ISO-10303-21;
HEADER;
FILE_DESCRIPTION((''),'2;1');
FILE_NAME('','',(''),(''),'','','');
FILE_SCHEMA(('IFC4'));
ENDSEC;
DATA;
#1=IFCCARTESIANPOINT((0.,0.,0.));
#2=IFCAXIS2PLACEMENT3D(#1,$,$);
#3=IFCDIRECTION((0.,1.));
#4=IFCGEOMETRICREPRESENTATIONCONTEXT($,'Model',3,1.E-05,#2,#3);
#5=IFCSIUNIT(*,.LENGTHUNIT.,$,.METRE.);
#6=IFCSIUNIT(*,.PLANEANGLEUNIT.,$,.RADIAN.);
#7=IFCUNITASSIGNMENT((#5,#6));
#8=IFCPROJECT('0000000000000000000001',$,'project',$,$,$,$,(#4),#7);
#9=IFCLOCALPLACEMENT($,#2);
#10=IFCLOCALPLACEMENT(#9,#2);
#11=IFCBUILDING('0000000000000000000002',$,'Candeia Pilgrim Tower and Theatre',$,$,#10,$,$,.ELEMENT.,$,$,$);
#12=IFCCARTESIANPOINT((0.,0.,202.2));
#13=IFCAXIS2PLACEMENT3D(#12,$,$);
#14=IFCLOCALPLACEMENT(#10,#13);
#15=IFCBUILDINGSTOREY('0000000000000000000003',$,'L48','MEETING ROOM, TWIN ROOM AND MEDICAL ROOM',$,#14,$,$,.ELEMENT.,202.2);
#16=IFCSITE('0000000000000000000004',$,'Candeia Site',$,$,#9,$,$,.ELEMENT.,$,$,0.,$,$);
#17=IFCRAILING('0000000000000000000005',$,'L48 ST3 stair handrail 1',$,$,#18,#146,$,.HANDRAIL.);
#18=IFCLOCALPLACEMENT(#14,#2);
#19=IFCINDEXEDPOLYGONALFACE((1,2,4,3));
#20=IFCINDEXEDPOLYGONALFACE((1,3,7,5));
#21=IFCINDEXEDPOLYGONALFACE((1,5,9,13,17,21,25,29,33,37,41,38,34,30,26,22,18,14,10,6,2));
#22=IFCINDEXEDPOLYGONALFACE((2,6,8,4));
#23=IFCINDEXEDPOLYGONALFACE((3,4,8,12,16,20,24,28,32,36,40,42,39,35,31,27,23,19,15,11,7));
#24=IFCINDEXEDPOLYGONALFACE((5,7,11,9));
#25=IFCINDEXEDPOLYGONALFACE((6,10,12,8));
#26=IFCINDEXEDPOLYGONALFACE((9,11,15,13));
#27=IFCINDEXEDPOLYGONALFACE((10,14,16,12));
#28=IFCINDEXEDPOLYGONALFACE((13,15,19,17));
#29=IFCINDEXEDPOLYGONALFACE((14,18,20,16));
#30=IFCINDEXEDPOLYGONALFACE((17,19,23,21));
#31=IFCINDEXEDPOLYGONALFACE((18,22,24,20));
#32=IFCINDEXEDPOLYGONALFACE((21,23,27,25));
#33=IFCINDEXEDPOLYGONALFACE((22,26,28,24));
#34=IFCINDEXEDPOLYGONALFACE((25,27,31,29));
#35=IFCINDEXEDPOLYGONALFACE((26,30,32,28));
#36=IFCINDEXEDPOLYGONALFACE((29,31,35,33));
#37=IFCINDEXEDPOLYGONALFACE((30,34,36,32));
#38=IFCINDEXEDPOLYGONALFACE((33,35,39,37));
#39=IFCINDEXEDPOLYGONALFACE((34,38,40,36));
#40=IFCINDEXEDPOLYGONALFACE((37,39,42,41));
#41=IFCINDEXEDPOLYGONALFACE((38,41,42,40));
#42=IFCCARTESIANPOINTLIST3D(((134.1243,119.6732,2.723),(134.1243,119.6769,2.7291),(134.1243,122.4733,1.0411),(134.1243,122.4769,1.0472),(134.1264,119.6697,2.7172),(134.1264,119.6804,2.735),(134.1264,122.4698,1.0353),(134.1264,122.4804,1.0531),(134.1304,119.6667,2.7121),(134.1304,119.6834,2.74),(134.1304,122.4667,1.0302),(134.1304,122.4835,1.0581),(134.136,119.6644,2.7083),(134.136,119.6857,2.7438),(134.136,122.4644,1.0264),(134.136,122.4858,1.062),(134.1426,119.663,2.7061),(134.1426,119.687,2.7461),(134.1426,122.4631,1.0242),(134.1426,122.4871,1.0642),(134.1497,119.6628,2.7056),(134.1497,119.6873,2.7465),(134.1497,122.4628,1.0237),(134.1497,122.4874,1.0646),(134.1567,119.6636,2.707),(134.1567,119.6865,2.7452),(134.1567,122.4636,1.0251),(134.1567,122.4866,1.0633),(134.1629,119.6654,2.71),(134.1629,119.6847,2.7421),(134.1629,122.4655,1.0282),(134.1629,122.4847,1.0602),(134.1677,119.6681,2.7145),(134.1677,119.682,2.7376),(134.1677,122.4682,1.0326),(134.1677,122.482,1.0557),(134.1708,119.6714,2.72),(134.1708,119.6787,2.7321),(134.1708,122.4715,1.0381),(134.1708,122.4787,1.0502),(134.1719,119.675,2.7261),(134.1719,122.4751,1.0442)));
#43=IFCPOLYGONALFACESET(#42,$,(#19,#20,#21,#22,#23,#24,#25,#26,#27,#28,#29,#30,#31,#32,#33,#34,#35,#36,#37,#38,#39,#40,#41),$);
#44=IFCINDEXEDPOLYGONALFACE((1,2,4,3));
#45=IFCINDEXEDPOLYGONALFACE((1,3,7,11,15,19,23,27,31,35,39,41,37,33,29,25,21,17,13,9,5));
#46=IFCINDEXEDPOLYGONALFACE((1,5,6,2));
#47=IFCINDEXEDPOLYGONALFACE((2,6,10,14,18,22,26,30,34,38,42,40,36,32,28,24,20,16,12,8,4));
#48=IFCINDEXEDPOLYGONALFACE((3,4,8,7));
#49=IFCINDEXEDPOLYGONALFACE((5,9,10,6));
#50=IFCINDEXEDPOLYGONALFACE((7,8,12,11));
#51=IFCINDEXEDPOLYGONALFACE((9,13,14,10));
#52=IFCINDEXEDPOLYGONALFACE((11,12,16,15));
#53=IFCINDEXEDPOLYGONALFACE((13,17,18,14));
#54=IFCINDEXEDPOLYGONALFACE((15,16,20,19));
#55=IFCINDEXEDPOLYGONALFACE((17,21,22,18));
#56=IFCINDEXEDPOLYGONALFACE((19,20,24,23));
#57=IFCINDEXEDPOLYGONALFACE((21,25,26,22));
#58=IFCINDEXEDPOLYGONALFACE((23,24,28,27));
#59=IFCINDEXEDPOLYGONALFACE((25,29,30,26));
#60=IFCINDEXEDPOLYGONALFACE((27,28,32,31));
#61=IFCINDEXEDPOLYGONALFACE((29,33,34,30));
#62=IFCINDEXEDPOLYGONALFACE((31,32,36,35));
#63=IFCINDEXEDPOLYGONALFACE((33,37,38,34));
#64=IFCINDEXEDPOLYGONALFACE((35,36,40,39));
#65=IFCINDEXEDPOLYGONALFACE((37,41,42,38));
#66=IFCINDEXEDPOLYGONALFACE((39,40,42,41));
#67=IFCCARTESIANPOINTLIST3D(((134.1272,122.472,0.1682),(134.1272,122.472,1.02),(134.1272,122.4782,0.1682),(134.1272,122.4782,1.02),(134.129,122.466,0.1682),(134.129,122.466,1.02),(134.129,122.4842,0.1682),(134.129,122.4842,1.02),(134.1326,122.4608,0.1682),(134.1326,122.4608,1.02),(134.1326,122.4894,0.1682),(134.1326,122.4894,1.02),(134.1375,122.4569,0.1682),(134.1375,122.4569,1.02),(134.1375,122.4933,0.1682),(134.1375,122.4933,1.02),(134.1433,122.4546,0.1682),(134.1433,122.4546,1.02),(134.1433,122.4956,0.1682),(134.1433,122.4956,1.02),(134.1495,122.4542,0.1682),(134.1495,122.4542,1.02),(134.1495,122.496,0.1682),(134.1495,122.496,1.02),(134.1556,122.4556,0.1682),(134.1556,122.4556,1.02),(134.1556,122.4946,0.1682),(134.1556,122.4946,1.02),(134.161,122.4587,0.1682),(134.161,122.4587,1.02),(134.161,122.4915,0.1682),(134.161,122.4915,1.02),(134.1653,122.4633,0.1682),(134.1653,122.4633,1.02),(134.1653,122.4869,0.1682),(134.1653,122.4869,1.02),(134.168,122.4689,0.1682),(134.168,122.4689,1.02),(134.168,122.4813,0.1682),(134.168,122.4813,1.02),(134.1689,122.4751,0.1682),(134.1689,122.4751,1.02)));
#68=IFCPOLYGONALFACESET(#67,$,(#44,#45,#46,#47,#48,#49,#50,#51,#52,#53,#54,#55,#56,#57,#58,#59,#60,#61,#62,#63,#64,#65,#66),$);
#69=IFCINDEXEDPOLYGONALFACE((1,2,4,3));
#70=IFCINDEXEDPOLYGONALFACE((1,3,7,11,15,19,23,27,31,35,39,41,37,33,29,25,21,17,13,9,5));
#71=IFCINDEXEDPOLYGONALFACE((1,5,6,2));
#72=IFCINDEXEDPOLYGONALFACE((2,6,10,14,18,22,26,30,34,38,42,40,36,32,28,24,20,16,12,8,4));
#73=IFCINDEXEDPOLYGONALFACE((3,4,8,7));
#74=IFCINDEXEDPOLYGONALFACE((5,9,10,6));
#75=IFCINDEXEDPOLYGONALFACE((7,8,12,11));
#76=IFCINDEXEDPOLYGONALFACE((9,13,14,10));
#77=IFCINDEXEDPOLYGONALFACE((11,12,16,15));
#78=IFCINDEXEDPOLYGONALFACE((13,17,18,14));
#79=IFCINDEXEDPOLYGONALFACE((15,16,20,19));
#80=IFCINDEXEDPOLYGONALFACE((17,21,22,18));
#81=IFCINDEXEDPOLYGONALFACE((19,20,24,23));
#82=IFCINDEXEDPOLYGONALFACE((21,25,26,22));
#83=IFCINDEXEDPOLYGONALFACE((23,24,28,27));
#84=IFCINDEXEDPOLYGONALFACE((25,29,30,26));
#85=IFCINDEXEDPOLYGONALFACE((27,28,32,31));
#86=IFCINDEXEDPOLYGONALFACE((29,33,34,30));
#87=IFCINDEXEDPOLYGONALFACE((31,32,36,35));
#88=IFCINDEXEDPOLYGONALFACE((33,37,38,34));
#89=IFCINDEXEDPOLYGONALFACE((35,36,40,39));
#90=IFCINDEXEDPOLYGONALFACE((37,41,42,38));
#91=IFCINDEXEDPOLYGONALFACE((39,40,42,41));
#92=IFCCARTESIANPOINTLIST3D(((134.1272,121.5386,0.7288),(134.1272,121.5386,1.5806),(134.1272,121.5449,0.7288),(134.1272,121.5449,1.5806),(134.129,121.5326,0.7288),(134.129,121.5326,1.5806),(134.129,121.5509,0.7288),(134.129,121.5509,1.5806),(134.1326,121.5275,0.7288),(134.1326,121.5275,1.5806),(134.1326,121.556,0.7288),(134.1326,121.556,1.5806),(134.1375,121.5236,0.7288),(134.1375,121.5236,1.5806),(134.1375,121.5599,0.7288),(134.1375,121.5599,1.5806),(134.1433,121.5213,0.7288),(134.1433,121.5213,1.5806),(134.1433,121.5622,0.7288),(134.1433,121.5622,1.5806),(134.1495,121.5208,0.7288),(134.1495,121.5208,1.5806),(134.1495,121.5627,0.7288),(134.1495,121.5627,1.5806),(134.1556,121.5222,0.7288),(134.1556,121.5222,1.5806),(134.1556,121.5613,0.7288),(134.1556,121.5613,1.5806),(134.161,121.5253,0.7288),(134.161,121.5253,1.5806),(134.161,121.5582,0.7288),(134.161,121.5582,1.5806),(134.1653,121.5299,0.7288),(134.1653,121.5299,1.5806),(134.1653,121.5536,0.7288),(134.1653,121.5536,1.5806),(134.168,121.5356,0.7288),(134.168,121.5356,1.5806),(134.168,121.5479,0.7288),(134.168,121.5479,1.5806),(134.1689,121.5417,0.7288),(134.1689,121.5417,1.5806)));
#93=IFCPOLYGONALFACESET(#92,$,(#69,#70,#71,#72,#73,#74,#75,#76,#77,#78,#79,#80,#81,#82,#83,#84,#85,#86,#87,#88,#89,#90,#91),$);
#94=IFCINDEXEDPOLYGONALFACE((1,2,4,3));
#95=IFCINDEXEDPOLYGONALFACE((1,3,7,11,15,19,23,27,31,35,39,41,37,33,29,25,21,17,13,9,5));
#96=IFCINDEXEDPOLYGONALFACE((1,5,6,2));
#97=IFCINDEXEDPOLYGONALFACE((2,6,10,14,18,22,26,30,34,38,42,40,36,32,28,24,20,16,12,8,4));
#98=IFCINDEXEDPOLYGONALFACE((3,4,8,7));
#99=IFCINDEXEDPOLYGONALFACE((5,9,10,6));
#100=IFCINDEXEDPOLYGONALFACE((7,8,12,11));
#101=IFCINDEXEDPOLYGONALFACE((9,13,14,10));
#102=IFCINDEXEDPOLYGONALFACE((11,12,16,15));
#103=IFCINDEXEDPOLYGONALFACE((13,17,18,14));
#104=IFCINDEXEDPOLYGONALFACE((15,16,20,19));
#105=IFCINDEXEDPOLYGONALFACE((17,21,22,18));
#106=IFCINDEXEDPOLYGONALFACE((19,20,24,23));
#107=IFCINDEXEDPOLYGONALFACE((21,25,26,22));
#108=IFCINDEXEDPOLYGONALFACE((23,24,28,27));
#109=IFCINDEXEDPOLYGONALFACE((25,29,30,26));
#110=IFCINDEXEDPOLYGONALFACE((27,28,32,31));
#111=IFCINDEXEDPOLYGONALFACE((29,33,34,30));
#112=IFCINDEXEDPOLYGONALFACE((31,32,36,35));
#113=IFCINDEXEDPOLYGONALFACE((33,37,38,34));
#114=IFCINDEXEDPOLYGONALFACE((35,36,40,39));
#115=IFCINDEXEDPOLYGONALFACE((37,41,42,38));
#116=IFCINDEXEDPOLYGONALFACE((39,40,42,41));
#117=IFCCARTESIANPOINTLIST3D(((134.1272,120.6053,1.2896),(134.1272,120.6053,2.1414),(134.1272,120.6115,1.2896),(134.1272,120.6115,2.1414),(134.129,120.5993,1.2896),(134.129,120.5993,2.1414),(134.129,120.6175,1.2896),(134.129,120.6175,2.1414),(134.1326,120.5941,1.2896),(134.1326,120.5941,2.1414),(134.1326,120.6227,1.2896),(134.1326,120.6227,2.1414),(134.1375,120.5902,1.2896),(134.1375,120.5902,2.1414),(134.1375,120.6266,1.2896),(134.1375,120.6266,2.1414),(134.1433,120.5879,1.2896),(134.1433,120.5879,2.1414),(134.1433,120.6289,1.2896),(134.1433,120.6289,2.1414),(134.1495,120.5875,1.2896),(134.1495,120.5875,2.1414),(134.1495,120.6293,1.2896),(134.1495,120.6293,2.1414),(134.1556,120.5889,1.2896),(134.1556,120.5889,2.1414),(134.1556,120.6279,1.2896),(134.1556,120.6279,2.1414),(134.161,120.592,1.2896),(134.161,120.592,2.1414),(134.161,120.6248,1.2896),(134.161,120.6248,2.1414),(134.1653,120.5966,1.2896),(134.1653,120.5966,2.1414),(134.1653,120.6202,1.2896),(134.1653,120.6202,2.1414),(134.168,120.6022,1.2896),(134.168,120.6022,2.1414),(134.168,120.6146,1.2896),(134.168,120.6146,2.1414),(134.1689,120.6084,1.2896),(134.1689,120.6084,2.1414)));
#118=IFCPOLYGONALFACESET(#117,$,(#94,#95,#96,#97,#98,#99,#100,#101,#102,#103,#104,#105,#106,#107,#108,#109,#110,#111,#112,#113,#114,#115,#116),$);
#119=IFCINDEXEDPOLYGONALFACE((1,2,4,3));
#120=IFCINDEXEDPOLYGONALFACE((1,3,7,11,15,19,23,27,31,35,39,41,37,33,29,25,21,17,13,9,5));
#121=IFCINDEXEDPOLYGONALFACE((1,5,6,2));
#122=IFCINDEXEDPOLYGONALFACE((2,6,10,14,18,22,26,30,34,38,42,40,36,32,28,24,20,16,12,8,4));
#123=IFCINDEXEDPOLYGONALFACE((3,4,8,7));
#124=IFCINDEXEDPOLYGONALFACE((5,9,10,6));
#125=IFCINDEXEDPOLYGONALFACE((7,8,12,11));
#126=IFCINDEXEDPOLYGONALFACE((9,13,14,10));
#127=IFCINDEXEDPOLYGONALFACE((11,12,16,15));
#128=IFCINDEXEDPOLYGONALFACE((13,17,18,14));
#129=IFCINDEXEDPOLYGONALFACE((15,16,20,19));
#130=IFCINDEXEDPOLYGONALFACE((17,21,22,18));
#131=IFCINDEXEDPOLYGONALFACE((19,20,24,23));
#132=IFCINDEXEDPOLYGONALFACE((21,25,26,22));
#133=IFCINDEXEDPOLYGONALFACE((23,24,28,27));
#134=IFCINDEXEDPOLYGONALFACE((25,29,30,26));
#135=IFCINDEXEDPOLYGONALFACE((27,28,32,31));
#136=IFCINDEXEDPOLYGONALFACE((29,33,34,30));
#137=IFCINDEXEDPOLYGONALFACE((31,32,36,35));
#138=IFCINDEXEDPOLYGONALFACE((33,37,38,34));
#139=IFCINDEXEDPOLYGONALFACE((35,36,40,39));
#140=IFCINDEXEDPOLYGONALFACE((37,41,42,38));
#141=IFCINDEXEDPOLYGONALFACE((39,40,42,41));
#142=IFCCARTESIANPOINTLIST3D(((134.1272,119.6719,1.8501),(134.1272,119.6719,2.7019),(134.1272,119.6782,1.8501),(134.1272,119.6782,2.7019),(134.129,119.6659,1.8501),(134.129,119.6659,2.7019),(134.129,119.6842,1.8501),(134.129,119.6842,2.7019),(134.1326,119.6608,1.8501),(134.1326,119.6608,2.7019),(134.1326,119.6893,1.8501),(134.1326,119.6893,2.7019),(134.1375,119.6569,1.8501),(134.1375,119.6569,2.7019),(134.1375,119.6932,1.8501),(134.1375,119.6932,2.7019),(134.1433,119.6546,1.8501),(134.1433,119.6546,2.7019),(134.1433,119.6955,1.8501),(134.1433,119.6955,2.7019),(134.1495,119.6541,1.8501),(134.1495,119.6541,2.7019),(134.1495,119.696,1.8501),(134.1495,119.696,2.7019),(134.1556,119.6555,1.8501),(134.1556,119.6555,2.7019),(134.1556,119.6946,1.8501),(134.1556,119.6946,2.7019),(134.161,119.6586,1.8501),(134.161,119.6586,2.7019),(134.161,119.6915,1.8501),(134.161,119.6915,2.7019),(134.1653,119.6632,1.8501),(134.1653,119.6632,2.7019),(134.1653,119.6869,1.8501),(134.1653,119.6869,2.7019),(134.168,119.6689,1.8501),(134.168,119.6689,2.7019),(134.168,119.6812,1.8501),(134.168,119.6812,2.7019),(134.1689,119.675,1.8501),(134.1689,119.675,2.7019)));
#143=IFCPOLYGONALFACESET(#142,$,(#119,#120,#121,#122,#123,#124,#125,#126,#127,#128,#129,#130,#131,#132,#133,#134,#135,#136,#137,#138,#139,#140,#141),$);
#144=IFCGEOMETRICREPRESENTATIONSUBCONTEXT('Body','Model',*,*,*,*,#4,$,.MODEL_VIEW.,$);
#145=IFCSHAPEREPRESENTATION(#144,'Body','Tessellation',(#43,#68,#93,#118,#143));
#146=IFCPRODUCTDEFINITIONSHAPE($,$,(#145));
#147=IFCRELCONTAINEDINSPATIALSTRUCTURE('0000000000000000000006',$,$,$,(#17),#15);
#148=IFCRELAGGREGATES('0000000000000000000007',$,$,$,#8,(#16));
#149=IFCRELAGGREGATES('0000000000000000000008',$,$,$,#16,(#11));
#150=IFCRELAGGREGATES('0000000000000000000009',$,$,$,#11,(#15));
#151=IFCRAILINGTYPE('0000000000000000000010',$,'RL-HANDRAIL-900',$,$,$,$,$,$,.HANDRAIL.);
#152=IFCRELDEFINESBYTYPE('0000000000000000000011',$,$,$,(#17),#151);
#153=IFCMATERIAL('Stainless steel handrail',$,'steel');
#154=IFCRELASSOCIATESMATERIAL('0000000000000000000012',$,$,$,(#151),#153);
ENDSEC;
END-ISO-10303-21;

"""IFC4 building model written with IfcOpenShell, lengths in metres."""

from ifc_helpers import new_model, si_unit, direction, frame, origin, origin_2d, place, context, subcontext, project, spatial, circle, extrude, material, type_object, element, save


model = new_model("IFC4")

# Units and contexts
model_context = context("Model", 3, precision=1e-05, world=origin(), true_north=direction((0.0, 1.0)))
body_context = subcontext(model_context, "Body", "Model", "MODEL_VIEW")
ifc_project = project(units=[si_unit("LENGTHUNIT", "METRE"), si_unit("PLANEANGLEUNIT", "RADIAN")], contexts=[model_context])

# Site, building, storey
site_placement = place(None, origin())
site = spatial("IfcSite", under=ifc_project, at=site_placement, Name="Candeia Site", CompositionType="ELEMENT", RefElevation=0.0)
building_placement = place(site_placement, origin())
building = spatial("IfcBuilding", under=site, at=building_placement, Name="Candeia Pilgrim Tower and Theatre", CompositionType="ELEMENT")
storey_placement = place(building_placement, frame((0.0, 0.0, 202.2)))
storey = spatial("IfcBuildingStorey", under=building, at=storey_placement, Name="L48", Description="MEETING ROOM, TWIN ROOM AND MEDICAL ROOM", CompositionType="ELEMENT", Elevation=202.2)

# Railing
ifc_material_1 = material(Name="Stainless steel handrail", Category="steel")
railing_type_1 = type_object("IfcRailingType", Name="RL-HANDRAIL-900", PredefinedType="HANDRAIL", material=ifc_material_1)
railing_1_placement = place(storey_placement, frame((134.1479, 122.4751, 0.1682)))
element("IfcRailing", 1, at=railing_1_placement, inside=storey, type_object=railing_type_1, Name="L48 ST3 stair handrail 1", PredefinedType="HANDRAIL", context=body_context, shape_type="SweptSolid", body=[
    extrude(circle(Radius=0.0239, at=origin_2d()), frame((0.0, 0.0, 0.876), z_axis=(0.0, -0.857242, 0.514913), x_axis=(1.0, 0.0, 0.0)), (0.0, 0.0, 1.0), 3.2664),
    extrude(circle(Radius=0.021, at=origin_2d()), origin(), (0.0, 0.0, 1.0), 0.8518),
    extrude(circle(Radius=0.021, at=origin_2d()), frame((0.0, -0.9333, 0.5605)), (0.0, 0.0, 1.0), 0.8518),
    extrude(circle(Radius=0.021, at=origin_2d()), frame((0.0, -1.8667, 1.1213)), (0.0, 0.0, 1.0), 0.8518),
    extrude(circle(Radius=0.021, at=origin_2d()), frame((0.0, -2.8, 1.6819)), (0.0, 0.0, 1.0), 0.8518),
])

save(model, "model.ifc")
